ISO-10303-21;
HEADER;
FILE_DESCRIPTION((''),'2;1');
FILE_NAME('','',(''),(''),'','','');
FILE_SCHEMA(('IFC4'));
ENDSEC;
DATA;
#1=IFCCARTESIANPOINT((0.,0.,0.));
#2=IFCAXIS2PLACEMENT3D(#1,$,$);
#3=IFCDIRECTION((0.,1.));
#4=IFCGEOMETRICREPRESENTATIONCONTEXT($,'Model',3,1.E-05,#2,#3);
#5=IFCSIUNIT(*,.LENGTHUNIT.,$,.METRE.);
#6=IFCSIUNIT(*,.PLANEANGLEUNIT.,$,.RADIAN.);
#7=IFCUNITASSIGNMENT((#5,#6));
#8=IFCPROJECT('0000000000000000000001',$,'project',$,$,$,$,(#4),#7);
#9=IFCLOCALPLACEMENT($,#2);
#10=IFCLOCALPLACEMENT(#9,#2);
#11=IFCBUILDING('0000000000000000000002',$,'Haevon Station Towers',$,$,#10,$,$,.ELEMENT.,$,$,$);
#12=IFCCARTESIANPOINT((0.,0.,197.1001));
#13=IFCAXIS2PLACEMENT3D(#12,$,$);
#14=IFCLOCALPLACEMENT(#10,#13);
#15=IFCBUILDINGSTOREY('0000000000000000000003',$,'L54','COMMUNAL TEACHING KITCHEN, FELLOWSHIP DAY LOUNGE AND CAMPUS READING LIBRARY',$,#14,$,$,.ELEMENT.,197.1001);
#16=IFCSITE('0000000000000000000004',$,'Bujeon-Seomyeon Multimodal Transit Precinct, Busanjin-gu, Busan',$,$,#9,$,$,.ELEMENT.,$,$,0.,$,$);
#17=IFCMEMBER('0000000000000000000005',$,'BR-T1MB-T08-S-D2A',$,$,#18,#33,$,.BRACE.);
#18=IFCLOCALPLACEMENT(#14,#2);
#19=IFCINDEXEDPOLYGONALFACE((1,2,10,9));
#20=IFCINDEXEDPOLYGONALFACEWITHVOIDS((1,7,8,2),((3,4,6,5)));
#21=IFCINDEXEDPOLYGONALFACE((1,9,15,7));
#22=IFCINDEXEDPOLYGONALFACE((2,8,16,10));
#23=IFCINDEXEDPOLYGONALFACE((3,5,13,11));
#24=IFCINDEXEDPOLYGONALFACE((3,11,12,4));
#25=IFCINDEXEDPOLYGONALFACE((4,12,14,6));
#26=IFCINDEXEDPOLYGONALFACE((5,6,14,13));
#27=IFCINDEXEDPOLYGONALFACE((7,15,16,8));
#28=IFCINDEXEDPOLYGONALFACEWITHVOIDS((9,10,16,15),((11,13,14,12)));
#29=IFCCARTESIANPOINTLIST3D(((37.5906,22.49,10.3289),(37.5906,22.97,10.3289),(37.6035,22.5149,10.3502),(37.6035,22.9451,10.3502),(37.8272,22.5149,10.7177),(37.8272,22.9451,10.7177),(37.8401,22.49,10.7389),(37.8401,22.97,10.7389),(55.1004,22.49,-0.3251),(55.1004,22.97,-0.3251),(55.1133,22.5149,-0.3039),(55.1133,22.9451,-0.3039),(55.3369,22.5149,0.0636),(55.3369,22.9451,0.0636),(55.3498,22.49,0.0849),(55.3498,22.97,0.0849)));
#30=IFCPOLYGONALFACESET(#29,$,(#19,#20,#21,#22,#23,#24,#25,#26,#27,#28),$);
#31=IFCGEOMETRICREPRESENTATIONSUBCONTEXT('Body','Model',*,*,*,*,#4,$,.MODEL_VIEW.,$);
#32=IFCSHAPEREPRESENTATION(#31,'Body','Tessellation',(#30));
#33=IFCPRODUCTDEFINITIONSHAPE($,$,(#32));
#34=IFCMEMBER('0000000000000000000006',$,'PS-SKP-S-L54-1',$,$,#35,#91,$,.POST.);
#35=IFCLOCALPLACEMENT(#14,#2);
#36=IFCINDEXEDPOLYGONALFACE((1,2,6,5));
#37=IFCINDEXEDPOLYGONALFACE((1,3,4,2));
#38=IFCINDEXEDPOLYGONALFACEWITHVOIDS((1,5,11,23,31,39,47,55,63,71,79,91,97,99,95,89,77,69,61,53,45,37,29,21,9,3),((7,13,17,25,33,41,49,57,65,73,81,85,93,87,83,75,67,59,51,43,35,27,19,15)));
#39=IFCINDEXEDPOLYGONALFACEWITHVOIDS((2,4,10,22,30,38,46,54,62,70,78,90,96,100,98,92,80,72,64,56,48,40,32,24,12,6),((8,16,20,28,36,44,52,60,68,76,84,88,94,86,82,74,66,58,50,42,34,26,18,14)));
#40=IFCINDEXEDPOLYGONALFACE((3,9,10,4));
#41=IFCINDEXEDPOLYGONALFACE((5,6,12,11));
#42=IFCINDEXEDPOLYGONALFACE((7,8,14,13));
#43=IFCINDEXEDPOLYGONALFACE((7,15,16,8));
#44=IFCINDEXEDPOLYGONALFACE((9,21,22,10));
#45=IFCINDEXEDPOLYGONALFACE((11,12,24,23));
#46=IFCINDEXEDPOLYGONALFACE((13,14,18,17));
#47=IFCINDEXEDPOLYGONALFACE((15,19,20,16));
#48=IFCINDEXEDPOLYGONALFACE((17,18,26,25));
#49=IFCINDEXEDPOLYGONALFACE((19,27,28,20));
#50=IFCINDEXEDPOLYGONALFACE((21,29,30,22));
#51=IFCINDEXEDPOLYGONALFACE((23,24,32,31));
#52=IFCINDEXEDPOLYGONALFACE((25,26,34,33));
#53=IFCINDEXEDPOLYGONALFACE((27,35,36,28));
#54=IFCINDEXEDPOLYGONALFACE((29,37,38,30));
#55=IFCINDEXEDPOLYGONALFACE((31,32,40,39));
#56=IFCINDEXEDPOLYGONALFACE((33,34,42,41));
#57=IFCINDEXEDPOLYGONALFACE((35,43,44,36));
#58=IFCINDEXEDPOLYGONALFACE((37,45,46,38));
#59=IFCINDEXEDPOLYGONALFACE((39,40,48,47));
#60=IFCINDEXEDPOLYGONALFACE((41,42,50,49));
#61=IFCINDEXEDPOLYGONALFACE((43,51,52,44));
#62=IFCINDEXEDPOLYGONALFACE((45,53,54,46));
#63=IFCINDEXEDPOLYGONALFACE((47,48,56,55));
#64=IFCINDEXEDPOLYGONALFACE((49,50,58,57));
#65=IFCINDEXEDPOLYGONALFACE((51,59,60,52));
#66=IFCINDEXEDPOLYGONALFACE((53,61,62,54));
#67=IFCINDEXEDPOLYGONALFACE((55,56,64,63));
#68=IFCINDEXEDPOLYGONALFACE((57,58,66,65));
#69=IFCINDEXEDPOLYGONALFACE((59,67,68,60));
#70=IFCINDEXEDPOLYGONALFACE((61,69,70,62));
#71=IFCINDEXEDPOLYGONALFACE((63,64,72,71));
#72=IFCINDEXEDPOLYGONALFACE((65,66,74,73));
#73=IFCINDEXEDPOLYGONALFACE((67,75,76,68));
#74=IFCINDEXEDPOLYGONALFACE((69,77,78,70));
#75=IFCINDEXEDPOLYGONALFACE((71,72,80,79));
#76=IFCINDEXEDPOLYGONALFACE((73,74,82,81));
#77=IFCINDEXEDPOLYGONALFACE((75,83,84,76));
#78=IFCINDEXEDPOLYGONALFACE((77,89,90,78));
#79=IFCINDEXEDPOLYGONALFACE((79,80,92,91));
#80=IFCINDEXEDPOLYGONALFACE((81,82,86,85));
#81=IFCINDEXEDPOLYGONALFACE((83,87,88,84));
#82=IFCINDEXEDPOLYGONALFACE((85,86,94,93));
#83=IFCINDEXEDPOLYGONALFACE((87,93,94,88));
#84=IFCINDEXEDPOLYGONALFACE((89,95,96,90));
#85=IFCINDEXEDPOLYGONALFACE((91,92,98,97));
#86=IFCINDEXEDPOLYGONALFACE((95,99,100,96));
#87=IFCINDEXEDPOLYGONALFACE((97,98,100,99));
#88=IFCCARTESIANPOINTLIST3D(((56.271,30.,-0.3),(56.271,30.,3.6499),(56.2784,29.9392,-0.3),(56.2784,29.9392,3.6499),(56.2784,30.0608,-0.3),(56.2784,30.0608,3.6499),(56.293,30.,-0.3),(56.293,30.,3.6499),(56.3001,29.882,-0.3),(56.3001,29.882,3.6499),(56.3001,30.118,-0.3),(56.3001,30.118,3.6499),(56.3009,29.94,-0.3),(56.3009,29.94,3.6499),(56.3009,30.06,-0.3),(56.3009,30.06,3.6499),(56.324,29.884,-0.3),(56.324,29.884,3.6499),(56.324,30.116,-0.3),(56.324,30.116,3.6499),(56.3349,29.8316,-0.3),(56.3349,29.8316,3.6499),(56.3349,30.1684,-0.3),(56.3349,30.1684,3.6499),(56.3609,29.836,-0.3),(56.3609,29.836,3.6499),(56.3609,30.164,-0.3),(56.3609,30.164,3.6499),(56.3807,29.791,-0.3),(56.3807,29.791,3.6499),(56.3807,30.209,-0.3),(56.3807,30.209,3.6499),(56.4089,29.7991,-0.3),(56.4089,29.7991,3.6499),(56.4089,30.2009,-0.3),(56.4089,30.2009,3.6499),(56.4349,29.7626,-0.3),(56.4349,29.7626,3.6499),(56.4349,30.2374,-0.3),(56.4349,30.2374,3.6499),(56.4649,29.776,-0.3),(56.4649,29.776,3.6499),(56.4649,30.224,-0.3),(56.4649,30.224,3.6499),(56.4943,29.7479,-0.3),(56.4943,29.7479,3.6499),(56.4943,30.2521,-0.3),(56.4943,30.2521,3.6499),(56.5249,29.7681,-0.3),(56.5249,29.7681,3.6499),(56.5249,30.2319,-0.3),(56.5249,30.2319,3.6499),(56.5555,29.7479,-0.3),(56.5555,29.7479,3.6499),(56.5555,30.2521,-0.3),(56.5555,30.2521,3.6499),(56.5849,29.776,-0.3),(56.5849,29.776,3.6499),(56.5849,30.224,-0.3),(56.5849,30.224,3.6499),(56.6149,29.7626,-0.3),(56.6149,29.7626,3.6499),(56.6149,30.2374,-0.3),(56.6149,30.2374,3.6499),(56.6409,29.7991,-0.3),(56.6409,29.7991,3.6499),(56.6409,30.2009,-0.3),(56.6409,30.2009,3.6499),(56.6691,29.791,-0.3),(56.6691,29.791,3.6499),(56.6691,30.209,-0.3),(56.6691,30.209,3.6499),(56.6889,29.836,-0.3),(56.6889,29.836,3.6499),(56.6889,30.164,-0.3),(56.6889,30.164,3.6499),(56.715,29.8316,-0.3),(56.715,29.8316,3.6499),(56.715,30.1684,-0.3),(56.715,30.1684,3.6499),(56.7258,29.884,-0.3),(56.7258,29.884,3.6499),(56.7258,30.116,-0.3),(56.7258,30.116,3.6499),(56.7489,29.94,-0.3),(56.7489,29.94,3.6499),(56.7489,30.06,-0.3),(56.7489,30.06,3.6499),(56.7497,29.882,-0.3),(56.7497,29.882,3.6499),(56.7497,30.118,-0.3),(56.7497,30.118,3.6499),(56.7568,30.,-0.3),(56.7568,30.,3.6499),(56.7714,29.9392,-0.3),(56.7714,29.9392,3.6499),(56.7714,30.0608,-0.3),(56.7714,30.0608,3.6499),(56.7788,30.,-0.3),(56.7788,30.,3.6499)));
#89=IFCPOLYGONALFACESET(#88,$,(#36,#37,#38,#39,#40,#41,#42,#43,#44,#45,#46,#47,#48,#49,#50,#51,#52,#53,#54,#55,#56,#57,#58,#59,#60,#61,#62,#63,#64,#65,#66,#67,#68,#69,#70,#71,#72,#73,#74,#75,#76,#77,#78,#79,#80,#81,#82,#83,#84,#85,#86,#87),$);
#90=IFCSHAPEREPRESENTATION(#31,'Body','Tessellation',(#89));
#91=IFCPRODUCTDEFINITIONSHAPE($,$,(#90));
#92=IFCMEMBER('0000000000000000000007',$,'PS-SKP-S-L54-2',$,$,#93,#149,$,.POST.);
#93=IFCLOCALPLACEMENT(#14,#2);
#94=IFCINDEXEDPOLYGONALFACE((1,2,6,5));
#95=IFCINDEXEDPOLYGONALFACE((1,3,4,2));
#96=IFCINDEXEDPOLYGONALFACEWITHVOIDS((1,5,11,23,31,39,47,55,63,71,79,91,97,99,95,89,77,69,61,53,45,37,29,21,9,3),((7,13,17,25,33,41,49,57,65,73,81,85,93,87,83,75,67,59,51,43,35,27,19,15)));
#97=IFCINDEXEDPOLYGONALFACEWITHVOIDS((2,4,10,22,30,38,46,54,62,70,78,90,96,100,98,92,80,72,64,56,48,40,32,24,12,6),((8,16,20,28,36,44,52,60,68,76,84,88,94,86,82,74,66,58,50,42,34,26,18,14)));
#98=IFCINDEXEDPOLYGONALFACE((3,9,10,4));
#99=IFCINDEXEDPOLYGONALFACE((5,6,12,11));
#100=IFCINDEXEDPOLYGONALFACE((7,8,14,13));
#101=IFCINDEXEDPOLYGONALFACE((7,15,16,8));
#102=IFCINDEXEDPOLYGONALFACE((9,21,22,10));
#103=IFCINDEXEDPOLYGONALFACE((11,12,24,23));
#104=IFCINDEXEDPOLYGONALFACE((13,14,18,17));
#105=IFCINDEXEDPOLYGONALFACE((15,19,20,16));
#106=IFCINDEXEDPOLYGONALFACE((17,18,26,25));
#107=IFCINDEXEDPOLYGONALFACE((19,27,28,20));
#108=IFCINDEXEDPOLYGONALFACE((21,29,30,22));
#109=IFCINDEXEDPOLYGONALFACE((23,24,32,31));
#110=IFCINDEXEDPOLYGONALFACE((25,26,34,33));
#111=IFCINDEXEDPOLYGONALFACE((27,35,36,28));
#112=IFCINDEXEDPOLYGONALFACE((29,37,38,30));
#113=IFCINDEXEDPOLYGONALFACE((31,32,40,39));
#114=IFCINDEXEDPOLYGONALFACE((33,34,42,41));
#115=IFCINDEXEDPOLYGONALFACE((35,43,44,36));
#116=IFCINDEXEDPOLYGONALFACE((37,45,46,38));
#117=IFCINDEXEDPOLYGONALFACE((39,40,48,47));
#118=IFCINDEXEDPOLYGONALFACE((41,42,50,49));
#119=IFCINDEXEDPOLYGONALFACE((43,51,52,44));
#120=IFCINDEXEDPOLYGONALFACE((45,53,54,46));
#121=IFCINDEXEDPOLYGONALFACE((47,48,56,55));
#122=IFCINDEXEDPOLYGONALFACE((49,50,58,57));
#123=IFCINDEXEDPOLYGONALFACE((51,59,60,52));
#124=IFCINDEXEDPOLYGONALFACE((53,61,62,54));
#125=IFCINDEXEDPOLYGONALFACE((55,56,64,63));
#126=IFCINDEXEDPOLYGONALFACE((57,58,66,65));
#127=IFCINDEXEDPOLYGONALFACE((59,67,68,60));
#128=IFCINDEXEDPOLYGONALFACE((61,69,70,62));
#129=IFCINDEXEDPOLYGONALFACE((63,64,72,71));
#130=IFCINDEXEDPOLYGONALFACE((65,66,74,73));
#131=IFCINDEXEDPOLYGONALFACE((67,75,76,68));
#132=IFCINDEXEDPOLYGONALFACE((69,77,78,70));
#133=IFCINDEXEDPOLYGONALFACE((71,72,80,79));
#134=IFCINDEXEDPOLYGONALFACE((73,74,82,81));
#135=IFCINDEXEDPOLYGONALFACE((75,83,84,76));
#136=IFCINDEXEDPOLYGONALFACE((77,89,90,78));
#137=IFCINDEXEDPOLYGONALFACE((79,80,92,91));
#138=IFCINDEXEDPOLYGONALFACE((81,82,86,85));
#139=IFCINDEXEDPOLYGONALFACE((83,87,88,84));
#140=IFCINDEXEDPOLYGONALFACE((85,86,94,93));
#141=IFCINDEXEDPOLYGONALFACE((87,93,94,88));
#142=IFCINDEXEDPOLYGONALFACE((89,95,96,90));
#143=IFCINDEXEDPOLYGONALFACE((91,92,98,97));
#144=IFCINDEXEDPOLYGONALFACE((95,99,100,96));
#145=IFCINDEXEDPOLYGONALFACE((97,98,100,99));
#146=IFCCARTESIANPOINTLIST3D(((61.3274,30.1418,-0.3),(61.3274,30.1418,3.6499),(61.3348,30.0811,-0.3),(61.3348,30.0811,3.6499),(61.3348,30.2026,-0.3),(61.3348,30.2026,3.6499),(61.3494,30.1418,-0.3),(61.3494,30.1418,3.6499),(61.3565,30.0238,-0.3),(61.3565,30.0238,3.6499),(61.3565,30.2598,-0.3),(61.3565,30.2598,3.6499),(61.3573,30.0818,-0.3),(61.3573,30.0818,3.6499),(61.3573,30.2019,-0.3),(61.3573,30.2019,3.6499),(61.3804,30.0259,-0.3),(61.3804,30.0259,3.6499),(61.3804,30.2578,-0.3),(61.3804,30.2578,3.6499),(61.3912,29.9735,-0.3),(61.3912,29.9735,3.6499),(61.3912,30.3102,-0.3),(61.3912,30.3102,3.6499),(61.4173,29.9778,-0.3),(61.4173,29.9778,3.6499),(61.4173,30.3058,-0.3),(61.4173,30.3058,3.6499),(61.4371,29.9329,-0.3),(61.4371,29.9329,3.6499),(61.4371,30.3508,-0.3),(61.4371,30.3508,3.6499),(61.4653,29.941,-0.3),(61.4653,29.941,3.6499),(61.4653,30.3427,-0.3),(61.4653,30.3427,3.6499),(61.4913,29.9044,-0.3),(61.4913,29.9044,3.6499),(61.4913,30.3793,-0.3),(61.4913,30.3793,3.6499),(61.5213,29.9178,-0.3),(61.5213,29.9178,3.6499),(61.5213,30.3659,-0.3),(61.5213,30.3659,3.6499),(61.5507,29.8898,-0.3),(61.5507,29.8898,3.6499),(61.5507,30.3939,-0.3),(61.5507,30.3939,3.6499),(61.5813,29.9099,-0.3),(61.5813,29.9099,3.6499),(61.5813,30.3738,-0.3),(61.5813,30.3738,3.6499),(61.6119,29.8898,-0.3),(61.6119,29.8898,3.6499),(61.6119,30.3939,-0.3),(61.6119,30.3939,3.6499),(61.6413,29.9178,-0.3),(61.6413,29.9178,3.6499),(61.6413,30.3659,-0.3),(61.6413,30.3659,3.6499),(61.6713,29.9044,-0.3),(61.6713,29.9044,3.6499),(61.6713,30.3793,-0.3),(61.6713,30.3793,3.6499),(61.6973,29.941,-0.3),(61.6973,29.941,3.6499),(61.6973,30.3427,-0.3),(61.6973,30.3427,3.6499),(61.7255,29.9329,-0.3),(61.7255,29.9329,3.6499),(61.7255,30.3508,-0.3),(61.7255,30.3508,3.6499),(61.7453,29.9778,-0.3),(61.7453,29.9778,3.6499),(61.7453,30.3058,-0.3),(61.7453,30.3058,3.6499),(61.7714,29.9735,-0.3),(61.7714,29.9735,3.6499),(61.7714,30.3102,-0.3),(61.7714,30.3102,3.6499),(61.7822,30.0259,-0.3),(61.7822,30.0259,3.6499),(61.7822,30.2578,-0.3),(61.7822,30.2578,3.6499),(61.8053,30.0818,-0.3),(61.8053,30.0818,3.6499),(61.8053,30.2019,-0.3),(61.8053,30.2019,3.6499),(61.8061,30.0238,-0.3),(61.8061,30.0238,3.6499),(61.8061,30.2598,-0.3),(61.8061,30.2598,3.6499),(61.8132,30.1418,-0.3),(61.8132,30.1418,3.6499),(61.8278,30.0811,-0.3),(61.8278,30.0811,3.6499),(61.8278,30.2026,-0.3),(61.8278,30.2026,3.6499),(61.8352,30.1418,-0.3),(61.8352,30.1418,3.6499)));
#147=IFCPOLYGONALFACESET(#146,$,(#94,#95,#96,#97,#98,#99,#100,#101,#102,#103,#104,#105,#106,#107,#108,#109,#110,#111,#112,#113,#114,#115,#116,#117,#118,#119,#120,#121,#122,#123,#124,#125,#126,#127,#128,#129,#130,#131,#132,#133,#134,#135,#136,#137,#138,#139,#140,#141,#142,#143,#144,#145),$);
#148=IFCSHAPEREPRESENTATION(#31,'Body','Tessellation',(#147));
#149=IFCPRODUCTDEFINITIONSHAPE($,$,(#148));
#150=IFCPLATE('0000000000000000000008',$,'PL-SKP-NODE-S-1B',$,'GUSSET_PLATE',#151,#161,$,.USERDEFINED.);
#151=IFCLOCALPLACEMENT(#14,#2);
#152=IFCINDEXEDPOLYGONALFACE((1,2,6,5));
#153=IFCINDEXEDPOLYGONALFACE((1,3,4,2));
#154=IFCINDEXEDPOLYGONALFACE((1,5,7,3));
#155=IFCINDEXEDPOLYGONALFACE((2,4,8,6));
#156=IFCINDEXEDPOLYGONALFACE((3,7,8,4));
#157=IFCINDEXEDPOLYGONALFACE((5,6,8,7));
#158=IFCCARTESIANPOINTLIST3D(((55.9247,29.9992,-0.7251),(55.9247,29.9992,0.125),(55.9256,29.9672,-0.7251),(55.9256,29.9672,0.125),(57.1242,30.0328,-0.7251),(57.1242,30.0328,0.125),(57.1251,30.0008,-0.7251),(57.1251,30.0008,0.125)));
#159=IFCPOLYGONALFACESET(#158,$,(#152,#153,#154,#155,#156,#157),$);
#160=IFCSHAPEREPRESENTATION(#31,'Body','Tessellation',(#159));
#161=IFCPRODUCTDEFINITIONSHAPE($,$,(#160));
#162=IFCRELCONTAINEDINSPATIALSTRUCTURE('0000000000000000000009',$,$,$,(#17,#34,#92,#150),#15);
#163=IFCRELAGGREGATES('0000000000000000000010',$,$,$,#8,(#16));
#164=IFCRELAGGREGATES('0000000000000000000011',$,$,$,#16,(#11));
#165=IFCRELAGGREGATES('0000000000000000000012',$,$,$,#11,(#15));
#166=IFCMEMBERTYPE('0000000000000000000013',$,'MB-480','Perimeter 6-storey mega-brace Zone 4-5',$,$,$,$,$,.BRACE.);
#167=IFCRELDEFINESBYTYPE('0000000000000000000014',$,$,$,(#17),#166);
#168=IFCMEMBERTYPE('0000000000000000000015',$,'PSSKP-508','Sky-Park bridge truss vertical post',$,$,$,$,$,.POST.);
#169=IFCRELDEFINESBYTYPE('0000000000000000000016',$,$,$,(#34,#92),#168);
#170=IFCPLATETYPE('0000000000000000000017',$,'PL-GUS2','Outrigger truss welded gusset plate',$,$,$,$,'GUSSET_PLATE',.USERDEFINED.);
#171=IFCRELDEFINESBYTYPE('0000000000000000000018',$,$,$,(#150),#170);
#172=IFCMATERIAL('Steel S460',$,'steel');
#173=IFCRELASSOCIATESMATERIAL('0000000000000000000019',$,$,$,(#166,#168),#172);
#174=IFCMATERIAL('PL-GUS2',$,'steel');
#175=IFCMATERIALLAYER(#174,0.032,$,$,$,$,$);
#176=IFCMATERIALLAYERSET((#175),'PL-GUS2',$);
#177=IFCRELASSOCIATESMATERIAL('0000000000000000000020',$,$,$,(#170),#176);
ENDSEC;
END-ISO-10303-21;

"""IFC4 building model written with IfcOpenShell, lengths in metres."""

from ifc_helpers import new_model, si_unit, direction, frame, origin, origin_2d, place, context, subcontext, project, spatial, rectangle, hollow_rectangle, hollow_circle, extrude, material, layer, layer_set, material_profile, profile_set, type_object, element, save


model = new_model("IFC4")

# Units and contexts
model_context = context("Model", 3, precision=1e-05, world=origin(), true_north=direction((0.0, 1.0)))
body_context = subcontext(model_context, "Body", "Model", "MODEL_VIEW")
ifc_project = project(units=[si_unit("LENGTHUNIT", "METRE"), si_unit("PLANEANGLEUNIT", "RADIAN")], contexts=[model_context])

# Site, building, storey
site_placement = place(None, origin())
site = spatial("IfcSite", under=ifc_project, at=site_placement, Name="Bujeon-Seomyeon Multimodal Transit Precinct, Busanjin-gu, Busan", CompositionType="ELEMENT", RefElevation=0.0)
building_placement = place(site_placement, origin())
building = spatial("IfcBuilding", under=site, at=building_placement, Name="Haevon Station Towers", CompositionType="ELEMENT")
storey_placement = place(building_placement, frame((0.0, 0.0, 197.1001)))
storey = spatial("IfcBuildingStorey", under=building, at=storey_placement, Name="L54", Description="COMMUNAL TEACHING KITCHEN, FELLOWSHIP DAY LOUNGE AND CAMPUS READING LIBRARY", CompositionType="ELEMENT", Elevation=197.1001)

# Shared definitions
ifc_material_1 = material(Name="Steel S460", Category="steel")

# Members
ifc_material_profile_1 = material_profile(ifc_material_1, hollow_rectangle(XDim=0.48, YDim=0.48, WallThickness=0.0249, at=origin_2d()), Name="RHS-480x480x25")
ifc_profile_set_1 = profile_set([ifc_material_profile_1], Name="Steel S460")
member_type_1 = type_object("IfcMemberType", Name="MB-480", Description="Perimeter 6-storey mega-brace Zone 4-5", PredefinedType="BRACE", material=ifc_profile_set_1)
member_1_placement = place(storey_placement, frame((55.2251, 22.73, -0.1201), z_axis=(-0.854287, 0.0, 0.519802), x_axis=(0.0, -1.0, 0.0)))
element("IfcMember", 1, at=member_1_placement, inside=storey, type_object=member_type_1, Name="BR-T1MB-T08-S-D2A", PredefinedType="BRACE", context=body_context, shape_type="SweptSolid", body=[
    extrude(hollow_rectangle(XDim=0.48, YDim=0.48, WallThickness=0.0249, at=origin_2d()), origin(), (0.0, 0.0, 1.0), 20.4963),
])
ifc_material_profile_2 = material_profile(ifc_material_1, hollow_circle(Radius=0.2539, WallThickness=0.022, at=origin_2d()), Name="CHS-508x22")
ifc_profile_set_2 = profile_set([ifc_material_profile_2], Name="Steel S460")
member_type_2 = type_object("IfcMemberType", Name="PSSKP-508", Description="Sky-Park bridge truss vertical post", PredefinedType="POST", material=ifc_profile_set_2)
for number, where, z_axis, x_axis, name in (
    (2, (56.5249, 30.0, -0.3), (0.0, 0.0, 1.0), (1.0, 0.0, 0.0), "PS-SKP-S-L54-1"),
    (3, (61.5813, 30.1418, -0.3), (0.0, 0.0, 1.0), (1.0, 0.0, 0.0), "PS-SKP-S-L54-2"),
):
    element("IfcMember", number, at=place(storey_placement, frame(where, z_axis=z_axis, x_axis=x_axis)), inside=storey, type_object=member_type_2, Name=name, PredefinedType="POST", context=body_context, shape_type="SweptSolid", body=[
        extrude(hollow_circle(Radius=0.2539, WallThickness=0.022, at=origin_2d()), origin(), (0.0, 0.0, 1.0), 3.95),
    ])

# Plate
ifc_material_2 = material(Name="PL-GUS2", Category="steel")
ifc_layer_1 = layer(ifc_material_2, 0.032)
ifc_layer_set_1 = layer_set([ifc_layer_1], Name="PL-GUS2")
plate_type = type_object("IfcPlateType", Name="PL-GUS2", Description="Outrigger truss welded gusset plate", ElementType="GUSSET_PLATE", PredefinedType="USERDEFINED", material=ifc_layer_set_1)
plate_placement = place(storey_placement, frame((56.5249, 30.0, -0.7251), z_axis=(0.0, 0.0, 1.0), x_axis=(0.999607, 0.028049, 0.0)))
element("IfcPlate", 4, at=plate_placement, inside=storey, type_object=plate_type, Name="PL-SKP-NODE-S-1B", ObjectType="GUSSET_PLATE", PredefinedType="USERDEFINED", context=body_context, shape_type="SweptSolid", body=[
    extrude(rectangle(XDim=1.2, YDim=0.032, at=origin_2d()), origin(), (0.0, 0.0, 1.0), 0.8501),
])

save(model, "model.ifc")
